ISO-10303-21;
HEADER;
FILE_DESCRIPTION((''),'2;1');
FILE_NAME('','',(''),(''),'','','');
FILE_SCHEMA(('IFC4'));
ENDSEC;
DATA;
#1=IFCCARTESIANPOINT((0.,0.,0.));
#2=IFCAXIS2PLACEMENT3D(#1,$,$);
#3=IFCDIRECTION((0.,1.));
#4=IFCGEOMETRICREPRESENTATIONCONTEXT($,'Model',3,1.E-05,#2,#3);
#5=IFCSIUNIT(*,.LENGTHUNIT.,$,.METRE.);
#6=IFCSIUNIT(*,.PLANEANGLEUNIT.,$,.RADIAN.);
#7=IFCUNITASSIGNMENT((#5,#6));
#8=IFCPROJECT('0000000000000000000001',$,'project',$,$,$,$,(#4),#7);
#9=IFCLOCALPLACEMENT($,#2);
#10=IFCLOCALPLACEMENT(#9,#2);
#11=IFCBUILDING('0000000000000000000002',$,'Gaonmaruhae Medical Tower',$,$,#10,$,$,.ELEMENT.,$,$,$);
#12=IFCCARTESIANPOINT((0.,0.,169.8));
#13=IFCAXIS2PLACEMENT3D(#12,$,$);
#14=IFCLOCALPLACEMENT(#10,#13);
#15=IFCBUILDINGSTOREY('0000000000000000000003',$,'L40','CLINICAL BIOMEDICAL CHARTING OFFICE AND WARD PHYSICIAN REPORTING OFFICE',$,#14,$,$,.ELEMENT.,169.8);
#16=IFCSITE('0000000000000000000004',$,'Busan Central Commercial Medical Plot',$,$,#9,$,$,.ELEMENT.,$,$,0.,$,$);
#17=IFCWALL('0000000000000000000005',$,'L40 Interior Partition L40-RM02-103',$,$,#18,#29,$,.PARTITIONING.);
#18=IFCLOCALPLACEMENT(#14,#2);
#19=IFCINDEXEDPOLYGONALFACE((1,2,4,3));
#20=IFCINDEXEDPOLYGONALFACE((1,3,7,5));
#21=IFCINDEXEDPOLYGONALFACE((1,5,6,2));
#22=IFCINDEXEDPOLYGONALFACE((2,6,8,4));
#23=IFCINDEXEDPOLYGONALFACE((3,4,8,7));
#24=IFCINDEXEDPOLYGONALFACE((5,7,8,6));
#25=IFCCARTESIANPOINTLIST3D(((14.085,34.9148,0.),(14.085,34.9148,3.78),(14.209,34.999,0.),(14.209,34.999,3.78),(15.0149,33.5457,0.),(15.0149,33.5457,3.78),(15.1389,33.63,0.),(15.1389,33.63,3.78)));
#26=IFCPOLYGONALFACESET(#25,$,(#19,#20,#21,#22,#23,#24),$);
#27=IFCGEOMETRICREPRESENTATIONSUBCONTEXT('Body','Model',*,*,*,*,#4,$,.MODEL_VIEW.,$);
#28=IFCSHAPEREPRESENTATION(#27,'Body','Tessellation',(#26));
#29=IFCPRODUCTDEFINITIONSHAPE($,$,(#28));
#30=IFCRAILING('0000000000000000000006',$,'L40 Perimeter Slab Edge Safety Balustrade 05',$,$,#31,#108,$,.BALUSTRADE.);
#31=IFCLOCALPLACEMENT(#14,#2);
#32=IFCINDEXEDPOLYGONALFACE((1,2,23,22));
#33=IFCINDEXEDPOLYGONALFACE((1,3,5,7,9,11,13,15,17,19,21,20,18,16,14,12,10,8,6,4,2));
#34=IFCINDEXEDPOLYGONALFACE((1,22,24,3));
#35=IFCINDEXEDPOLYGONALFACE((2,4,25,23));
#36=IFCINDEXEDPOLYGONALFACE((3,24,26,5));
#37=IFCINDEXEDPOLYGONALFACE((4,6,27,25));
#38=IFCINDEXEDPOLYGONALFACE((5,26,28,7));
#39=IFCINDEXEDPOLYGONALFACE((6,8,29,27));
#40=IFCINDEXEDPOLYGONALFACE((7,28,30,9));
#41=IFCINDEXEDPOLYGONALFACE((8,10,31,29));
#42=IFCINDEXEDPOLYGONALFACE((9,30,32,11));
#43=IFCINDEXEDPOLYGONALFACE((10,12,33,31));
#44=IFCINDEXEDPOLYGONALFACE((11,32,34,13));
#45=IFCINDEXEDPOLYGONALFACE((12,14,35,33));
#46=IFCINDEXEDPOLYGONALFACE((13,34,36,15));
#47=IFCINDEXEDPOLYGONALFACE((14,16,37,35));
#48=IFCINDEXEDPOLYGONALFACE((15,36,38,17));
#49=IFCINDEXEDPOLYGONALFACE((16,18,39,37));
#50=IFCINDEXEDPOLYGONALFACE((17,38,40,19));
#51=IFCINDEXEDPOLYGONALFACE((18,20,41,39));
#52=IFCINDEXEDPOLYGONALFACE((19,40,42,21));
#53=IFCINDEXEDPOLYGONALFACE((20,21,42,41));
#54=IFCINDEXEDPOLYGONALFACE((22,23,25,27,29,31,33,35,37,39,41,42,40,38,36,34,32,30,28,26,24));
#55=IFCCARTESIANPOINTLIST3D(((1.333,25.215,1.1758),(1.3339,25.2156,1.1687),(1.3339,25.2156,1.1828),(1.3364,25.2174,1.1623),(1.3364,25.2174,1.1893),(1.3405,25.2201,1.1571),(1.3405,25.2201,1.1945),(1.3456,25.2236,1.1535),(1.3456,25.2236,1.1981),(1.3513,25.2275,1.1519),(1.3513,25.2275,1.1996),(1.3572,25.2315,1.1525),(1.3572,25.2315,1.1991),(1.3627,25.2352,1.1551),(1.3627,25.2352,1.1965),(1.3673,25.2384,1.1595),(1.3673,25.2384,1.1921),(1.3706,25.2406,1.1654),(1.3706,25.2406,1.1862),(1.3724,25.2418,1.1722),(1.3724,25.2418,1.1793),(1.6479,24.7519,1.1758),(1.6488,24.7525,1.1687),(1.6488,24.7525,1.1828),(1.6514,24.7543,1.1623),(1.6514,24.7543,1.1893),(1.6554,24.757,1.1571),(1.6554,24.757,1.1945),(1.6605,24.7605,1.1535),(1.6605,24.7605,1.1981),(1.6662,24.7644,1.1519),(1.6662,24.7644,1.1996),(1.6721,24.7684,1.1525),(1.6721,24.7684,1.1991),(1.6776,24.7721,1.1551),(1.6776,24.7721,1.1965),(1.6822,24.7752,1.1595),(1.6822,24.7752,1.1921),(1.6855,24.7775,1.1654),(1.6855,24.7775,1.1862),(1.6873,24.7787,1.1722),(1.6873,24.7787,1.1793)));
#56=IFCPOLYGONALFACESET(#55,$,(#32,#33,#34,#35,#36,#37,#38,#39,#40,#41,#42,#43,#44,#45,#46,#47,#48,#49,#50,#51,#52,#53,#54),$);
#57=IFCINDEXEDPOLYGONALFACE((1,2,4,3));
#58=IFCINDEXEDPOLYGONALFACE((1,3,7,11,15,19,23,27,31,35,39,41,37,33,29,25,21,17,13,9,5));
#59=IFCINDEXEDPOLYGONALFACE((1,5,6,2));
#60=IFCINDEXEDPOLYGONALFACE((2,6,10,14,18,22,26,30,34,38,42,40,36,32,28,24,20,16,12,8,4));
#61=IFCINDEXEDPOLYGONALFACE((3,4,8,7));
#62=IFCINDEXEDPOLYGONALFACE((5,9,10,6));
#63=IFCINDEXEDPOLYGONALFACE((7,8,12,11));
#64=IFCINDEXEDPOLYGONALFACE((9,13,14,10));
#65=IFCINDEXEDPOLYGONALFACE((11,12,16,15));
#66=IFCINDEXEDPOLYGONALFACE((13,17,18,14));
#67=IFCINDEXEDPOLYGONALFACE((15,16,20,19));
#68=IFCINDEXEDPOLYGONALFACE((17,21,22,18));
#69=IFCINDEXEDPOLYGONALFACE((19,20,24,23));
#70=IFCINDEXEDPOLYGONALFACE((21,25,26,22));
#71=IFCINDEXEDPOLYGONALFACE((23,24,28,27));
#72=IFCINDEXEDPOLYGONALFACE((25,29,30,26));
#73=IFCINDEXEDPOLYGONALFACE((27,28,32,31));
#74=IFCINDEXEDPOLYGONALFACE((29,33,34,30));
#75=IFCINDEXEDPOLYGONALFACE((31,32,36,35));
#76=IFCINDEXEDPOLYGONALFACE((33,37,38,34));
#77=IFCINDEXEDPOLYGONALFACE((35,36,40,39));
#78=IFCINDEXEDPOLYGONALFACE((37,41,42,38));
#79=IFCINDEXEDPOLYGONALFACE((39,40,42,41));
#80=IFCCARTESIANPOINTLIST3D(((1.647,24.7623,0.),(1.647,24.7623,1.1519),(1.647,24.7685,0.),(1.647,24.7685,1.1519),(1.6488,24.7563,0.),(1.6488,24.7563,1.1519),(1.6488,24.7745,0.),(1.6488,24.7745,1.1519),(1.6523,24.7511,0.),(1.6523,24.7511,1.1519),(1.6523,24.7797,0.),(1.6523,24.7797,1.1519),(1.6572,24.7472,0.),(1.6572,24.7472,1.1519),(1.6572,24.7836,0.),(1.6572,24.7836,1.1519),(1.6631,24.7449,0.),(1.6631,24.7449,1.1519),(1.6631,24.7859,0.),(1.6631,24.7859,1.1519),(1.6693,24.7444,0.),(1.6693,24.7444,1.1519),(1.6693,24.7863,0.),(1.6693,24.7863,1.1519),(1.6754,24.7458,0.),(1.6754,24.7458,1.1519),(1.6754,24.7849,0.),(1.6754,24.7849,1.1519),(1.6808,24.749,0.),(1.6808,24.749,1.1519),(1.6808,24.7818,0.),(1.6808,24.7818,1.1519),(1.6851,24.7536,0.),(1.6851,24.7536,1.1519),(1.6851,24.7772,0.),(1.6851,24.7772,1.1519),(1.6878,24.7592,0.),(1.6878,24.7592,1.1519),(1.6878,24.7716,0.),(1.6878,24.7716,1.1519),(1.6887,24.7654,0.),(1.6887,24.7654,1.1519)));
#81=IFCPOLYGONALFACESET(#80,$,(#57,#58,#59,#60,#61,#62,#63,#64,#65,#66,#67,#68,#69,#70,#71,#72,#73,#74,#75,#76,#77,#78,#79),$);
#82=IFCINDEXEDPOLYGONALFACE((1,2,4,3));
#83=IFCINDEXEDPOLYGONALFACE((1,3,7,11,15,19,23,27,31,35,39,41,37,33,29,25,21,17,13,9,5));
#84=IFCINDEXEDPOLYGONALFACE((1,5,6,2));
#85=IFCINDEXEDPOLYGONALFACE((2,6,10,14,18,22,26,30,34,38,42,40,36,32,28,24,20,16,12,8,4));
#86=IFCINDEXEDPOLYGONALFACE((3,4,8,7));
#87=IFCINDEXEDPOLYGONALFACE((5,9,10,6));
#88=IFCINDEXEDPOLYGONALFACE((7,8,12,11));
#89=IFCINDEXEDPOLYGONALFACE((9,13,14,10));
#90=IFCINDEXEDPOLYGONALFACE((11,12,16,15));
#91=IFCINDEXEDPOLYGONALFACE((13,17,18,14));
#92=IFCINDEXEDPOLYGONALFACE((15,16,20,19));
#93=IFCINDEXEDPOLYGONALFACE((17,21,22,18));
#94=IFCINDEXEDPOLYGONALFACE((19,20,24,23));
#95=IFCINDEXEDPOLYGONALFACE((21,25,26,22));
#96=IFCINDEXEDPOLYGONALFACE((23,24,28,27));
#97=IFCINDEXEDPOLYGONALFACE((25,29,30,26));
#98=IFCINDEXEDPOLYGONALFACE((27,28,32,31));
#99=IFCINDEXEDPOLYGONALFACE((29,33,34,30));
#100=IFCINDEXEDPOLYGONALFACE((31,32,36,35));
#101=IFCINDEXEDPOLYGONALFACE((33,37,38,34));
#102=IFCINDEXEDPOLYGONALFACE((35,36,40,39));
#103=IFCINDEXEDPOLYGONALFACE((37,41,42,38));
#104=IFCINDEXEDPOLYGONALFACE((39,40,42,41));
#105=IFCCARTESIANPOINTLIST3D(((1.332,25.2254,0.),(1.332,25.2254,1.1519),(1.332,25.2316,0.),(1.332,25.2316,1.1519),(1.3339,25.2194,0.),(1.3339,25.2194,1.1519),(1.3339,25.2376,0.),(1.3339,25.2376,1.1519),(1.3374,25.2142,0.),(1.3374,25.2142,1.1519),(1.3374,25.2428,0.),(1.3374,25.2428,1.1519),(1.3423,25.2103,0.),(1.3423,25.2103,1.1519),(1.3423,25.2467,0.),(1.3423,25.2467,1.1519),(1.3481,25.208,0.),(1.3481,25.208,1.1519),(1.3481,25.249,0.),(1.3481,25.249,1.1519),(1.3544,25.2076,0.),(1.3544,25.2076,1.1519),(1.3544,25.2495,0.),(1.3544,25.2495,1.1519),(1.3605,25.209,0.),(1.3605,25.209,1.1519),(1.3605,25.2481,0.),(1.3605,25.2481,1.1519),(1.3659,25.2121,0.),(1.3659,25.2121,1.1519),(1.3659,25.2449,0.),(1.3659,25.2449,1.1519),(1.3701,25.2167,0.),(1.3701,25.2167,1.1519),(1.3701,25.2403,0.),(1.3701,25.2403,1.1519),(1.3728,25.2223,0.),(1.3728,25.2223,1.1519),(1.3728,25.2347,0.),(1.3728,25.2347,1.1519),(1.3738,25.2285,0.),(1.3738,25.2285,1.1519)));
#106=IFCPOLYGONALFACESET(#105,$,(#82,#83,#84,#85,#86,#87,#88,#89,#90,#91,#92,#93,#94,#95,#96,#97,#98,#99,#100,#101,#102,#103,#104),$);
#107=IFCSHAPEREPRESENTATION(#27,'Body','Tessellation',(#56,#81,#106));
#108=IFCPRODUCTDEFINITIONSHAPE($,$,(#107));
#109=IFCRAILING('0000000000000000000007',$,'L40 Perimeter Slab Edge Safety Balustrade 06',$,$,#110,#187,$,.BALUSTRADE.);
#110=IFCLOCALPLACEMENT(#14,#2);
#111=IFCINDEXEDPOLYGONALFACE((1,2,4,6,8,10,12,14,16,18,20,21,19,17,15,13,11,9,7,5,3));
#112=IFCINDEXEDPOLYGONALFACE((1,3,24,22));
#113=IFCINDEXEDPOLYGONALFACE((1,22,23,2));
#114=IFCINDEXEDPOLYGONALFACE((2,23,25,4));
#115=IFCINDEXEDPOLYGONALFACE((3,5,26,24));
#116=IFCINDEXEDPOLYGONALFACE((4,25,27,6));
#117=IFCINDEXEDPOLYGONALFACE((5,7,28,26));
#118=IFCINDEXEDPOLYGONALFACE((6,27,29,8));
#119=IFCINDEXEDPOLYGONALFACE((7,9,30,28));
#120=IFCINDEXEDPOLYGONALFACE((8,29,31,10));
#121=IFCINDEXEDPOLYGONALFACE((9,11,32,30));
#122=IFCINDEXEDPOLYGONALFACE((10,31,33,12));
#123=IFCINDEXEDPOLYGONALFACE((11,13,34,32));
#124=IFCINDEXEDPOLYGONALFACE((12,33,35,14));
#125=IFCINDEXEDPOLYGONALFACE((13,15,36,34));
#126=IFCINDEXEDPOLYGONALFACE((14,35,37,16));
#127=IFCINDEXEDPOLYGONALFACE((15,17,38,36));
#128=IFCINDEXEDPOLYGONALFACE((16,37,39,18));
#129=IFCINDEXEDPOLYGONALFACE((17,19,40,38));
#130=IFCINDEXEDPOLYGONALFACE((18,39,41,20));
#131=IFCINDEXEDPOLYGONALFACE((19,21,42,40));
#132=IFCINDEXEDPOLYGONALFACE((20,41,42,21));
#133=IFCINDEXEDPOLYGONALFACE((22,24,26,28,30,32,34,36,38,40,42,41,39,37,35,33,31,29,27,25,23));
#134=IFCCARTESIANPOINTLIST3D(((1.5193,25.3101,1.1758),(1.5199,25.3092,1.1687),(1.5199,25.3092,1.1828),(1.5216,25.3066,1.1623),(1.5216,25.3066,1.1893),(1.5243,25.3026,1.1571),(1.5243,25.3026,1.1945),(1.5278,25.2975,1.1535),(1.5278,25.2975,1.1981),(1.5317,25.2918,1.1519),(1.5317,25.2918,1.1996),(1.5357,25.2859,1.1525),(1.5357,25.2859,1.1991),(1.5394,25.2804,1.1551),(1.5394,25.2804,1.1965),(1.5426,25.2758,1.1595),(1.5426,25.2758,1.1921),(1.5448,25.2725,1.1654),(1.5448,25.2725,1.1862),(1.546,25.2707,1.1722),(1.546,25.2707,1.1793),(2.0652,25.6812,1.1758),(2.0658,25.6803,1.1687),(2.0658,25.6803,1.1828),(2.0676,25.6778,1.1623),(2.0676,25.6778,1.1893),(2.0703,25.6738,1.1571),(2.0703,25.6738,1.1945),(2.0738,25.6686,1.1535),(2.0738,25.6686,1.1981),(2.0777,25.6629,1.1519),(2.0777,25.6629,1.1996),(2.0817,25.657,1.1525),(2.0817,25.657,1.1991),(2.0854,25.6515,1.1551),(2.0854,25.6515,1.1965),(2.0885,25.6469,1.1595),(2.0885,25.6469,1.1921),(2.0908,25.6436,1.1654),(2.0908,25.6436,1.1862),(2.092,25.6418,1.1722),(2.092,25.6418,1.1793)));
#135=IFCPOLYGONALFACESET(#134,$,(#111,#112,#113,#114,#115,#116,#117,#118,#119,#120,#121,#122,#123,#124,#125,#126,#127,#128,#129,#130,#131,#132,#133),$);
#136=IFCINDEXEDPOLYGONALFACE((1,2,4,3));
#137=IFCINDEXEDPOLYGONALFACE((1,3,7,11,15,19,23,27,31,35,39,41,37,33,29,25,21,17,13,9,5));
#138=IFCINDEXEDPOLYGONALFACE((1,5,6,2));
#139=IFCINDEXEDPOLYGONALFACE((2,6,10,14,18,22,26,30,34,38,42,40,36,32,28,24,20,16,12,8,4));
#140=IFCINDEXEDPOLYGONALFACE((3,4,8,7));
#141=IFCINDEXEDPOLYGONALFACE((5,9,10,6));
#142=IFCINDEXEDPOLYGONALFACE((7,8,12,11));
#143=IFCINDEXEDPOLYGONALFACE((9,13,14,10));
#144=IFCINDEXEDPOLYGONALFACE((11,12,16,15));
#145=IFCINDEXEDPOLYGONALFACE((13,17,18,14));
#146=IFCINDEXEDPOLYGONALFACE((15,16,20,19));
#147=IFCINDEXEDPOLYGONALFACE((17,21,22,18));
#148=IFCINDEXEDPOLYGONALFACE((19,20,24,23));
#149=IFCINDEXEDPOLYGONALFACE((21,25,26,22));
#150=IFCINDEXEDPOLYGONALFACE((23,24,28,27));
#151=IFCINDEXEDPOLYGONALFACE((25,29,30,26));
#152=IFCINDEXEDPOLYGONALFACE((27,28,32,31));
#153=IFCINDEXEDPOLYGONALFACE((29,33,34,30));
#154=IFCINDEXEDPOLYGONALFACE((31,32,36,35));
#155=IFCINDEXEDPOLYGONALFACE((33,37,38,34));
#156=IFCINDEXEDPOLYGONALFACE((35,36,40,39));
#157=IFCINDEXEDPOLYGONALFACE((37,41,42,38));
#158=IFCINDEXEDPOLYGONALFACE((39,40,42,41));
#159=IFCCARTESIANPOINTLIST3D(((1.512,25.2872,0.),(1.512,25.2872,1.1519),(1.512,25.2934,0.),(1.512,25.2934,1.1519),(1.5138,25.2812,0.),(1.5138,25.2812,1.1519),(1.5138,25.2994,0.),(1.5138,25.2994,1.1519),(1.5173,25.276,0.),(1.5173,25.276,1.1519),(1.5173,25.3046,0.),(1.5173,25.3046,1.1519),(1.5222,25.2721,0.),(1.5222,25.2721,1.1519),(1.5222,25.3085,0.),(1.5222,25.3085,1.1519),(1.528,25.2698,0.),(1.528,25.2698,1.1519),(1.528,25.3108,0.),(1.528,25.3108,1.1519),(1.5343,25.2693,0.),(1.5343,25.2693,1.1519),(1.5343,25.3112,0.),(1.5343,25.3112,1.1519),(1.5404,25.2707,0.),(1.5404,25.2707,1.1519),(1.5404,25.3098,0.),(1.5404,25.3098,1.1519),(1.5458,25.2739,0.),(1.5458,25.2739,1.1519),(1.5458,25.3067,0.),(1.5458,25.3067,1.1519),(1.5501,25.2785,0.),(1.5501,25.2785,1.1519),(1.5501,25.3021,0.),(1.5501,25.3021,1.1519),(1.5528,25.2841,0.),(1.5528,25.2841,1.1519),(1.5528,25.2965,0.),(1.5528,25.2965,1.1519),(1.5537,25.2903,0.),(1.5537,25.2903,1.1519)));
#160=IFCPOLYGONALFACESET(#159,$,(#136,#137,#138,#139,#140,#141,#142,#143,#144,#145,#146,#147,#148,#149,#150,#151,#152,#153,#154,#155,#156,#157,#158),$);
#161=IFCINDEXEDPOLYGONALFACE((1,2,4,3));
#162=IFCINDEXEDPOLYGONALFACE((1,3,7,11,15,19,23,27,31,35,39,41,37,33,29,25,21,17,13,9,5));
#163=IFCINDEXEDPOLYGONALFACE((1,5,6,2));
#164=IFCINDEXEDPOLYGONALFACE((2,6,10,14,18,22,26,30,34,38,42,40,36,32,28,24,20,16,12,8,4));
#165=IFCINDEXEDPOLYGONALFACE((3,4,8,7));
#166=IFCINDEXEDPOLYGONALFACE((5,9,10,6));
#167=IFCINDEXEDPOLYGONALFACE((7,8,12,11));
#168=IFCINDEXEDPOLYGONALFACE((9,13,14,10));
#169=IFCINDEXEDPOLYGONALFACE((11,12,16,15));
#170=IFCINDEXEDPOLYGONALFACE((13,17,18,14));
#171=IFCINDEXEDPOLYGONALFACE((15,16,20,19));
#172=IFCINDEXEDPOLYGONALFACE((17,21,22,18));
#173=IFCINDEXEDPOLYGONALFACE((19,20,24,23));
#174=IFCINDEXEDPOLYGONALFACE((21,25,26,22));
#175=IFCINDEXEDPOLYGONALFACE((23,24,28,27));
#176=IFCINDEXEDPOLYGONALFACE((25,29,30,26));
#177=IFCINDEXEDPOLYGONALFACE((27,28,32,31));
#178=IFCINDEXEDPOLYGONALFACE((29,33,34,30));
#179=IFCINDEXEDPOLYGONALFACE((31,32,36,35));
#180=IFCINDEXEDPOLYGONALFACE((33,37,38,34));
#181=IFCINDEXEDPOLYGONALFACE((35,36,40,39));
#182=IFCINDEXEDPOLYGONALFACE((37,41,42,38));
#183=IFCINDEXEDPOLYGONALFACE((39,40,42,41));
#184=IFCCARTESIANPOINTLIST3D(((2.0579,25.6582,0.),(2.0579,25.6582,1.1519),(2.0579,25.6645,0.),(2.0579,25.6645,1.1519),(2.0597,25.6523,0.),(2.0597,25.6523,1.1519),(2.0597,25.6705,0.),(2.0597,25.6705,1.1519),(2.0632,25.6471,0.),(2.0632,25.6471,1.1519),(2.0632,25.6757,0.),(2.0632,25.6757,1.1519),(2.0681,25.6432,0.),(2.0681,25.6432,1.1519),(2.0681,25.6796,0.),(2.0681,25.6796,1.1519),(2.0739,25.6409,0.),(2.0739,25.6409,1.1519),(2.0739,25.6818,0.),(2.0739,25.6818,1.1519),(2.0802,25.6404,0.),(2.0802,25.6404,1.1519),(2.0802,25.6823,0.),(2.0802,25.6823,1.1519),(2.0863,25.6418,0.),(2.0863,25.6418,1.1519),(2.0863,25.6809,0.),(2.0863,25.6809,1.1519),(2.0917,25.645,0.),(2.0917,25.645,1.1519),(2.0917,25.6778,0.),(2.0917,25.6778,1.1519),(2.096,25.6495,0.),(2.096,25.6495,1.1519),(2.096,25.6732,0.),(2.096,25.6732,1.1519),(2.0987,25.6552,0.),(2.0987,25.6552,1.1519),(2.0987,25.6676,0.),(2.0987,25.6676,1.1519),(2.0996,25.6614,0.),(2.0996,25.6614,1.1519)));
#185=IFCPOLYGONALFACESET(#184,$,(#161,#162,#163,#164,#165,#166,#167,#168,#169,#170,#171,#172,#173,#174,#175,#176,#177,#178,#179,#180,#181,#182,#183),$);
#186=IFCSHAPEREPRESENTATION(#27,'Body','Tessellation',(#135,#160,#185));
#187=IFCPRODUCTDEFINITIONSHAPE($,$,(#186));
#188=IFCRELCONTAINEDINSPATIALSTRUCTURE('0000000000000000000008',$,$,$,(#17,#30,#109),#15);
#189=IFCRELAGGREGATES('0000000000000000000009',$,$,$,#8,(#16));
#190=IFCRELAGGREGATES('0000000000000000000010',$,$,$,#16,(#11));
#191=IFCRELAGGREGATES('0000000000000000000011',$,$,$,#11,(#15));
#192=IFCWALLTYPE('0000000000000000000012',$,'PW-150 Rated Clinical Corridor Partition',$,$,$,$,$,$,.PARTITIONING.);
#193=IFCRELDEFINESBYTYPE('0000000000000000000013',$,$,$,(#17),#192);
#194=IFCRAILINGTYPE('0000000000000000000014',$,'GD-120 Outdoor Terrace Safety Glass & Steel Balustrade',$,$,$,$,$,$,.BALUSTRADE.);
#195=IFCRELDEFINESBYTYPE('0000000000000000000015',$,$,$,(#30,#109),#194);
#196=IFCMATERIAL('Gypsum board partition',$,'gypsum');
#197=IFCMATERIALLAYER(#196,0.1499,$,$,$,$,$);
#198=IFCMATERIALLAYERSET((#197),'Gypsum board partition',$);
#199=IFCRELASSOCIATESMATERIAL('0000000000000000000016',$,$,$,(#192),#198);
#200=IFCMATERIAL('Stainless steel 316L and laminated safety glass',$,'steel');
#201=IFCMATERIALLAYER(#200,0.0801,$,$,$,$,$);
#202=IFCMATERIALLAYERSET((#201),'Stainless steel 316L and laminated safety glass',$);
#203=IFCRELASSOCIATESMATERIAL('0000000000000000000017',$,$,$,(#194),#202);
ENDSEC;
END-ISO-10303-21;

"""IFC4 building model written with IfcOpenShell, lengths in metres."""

from ifc_helpers import new_model, si_unit, direction, frame, frame_2d, origin, origin_2d, place, context, subcontext, project, spatial, rectangle, circle, extrude, material, layer, layer_set, type_object, element, save


model = new_model("IFC4")

# Units and contexts
model_context = context("Model", 3, precision=1e-05, world=origin(), true_north=direction((0.0, 1.0)))
body_context = subcontext(model_context, "Body", "Model", "MODEL_VIEW")
ifc_project = project(units=[si_unit("LENGTHUNIT", "METRE"), si_unit("PLANEANGLEUNIT", "RADIAN")], contexts=[model_context])

# Site, building, storey
site_placement = place(None, origin())
site = spatial("IfcSite", under=ifc_project, at=site_placement, Name="Busan Central Commercial Medical Plot", CompositionType="ELEMENT", RefElevation=0.0)
building_placement = place(site_placement, origin())
building = spatial("IfcBuilding", under=site, at=building_placement, Name="Gaonmaruhae Medical Tower", CompositionType="ELEMENT")
storey_placement = place(building_placement, frame((0.0, 0.0, 169.8)))
storey = spatial("IfcBuildingStorey", under=building, at=storey_placement, Name="L40", Description="CLINICAL BIOMEDICAL CHARTING OFFICE AND WARD PHYSICIAN REPORTING OFFICE", CompositionType="ELEMENT", Elevation=169.8)

# Shared definitions
ifc_material_1 = material(Name="Gypsum board partition", Category="gypsum")
ifc_layer_1 = layer(ifc_material_1, 0.1499)
ifc_layer_set_1 = layer_set([ifc_layer_1], Name="Gypsum board partition")
wall_type_1 = type_object("IfcWallType", Name="PW-150 Rated Clinical Corridor Partition", PredefinedType="PARTITIONING", material=ifc_layer_set_1)

# Wall
wall_1_placement = place(storey_placement, frame((14.147, 34.957, 0.0), z_axis=(0.0, 0.0, 1.0), x_axis=(0.561862, -0.827231, 0.0)))
element("IfcWall", 1, at=wall_1_placement, inside=storey, type_object=wall_type_1, Name="L40 Interior Partition L40-RM02-103", PredefinedType="PARTITIONING", context=body_context, shape_type="SweptSolid", body=[
    extrude(rectangle(XDim=1.655, YDim=0.1499, at=frame_2d((0.8276, 0.0))), origin(), (0.0, 0.0, 1.0), 3.78),
])

# Railings
ifc_material_2 = material(Name="Stainless steel 316L and laminated safety glass", Category="steel")
ifc_layer_2 = layer(ifc_material_2, 0.0801)
ifc_layer_set_2 = layer_set([ifc_layer_2], Name="Stainless steel 316L and laminated safety glass")
railing_type = type_object("IfcRailingType", Name="GD-120 Outdoor Terrace Safety Glass & Steel Balustrade", PredefinedType="BALUSTRADE", material=ifc_layer_set_2)
railing_1_placement = place(storey_placement, frame((1.6677, 24.7654, 0.0)))
element("IfcRailing", 2, at=railing_1_placement, inside=storey, type_object=railing_type, Name="L40 Perimeter Slab Edge Safety Balustrade 05", PredefinedType="BALUSTRADE", context=body_context, shape_type="SweptSolid", body=[
    extrude(circle(Radius=0.0239, at=origin_2d()), frame((0.0, 0.0, 1.1758), z_axis=(-0.562322, 0.826918, 0.0), x_axis=(-0.826918, -0.562322, 0.0)), (0.0, 0.0, 1.0), 0.5601),
    extrude(circle(Radius=0.021, at=origin_2d()), origin(), (0.0, 0.0, 1.0), 1.1519),
    extrude(circle(Radius=0.021, at=origin_2d()), frame((-0.3149, 0.4631, 0.0)), (0.0, 0.0, 1.0), 1.1519),
])
railing_2_placement = place(storey_placement, frame((1.5327, 25.2903, 0.0)))
element("IfcRailing", 3, at=railing_2_placement, inside=storey, type_object=railing_type, Name="L40 Perimeter Slab Edge Safety Balustrade 06", PredefinedType="BALUSTRADE", context=body_context, shape_type="SweptSolid", body=[
    extrude(circle(Radius=0.0239, at=origin_2d()), frame((0.0, 0.0, 1.1758), z_axis=(0.827009, 0.562189, 0.0), x_axis=(-0.562189, 0.827009, 0.0)), (0.0, 0.0, 1.0), 0.6602),
    extrude(circle(Radius=0.021, at=origin_2d()), origin(), (0.0, 0.0, 1.0), 1.1519),
    extrude(circle(Radius=0.021, at=origin_2d()), frame((0.5459, 0.3711, 0.0)), (0.0, 0.0, 1.0), 1.1519),
])

save(model, "model.ifc")
